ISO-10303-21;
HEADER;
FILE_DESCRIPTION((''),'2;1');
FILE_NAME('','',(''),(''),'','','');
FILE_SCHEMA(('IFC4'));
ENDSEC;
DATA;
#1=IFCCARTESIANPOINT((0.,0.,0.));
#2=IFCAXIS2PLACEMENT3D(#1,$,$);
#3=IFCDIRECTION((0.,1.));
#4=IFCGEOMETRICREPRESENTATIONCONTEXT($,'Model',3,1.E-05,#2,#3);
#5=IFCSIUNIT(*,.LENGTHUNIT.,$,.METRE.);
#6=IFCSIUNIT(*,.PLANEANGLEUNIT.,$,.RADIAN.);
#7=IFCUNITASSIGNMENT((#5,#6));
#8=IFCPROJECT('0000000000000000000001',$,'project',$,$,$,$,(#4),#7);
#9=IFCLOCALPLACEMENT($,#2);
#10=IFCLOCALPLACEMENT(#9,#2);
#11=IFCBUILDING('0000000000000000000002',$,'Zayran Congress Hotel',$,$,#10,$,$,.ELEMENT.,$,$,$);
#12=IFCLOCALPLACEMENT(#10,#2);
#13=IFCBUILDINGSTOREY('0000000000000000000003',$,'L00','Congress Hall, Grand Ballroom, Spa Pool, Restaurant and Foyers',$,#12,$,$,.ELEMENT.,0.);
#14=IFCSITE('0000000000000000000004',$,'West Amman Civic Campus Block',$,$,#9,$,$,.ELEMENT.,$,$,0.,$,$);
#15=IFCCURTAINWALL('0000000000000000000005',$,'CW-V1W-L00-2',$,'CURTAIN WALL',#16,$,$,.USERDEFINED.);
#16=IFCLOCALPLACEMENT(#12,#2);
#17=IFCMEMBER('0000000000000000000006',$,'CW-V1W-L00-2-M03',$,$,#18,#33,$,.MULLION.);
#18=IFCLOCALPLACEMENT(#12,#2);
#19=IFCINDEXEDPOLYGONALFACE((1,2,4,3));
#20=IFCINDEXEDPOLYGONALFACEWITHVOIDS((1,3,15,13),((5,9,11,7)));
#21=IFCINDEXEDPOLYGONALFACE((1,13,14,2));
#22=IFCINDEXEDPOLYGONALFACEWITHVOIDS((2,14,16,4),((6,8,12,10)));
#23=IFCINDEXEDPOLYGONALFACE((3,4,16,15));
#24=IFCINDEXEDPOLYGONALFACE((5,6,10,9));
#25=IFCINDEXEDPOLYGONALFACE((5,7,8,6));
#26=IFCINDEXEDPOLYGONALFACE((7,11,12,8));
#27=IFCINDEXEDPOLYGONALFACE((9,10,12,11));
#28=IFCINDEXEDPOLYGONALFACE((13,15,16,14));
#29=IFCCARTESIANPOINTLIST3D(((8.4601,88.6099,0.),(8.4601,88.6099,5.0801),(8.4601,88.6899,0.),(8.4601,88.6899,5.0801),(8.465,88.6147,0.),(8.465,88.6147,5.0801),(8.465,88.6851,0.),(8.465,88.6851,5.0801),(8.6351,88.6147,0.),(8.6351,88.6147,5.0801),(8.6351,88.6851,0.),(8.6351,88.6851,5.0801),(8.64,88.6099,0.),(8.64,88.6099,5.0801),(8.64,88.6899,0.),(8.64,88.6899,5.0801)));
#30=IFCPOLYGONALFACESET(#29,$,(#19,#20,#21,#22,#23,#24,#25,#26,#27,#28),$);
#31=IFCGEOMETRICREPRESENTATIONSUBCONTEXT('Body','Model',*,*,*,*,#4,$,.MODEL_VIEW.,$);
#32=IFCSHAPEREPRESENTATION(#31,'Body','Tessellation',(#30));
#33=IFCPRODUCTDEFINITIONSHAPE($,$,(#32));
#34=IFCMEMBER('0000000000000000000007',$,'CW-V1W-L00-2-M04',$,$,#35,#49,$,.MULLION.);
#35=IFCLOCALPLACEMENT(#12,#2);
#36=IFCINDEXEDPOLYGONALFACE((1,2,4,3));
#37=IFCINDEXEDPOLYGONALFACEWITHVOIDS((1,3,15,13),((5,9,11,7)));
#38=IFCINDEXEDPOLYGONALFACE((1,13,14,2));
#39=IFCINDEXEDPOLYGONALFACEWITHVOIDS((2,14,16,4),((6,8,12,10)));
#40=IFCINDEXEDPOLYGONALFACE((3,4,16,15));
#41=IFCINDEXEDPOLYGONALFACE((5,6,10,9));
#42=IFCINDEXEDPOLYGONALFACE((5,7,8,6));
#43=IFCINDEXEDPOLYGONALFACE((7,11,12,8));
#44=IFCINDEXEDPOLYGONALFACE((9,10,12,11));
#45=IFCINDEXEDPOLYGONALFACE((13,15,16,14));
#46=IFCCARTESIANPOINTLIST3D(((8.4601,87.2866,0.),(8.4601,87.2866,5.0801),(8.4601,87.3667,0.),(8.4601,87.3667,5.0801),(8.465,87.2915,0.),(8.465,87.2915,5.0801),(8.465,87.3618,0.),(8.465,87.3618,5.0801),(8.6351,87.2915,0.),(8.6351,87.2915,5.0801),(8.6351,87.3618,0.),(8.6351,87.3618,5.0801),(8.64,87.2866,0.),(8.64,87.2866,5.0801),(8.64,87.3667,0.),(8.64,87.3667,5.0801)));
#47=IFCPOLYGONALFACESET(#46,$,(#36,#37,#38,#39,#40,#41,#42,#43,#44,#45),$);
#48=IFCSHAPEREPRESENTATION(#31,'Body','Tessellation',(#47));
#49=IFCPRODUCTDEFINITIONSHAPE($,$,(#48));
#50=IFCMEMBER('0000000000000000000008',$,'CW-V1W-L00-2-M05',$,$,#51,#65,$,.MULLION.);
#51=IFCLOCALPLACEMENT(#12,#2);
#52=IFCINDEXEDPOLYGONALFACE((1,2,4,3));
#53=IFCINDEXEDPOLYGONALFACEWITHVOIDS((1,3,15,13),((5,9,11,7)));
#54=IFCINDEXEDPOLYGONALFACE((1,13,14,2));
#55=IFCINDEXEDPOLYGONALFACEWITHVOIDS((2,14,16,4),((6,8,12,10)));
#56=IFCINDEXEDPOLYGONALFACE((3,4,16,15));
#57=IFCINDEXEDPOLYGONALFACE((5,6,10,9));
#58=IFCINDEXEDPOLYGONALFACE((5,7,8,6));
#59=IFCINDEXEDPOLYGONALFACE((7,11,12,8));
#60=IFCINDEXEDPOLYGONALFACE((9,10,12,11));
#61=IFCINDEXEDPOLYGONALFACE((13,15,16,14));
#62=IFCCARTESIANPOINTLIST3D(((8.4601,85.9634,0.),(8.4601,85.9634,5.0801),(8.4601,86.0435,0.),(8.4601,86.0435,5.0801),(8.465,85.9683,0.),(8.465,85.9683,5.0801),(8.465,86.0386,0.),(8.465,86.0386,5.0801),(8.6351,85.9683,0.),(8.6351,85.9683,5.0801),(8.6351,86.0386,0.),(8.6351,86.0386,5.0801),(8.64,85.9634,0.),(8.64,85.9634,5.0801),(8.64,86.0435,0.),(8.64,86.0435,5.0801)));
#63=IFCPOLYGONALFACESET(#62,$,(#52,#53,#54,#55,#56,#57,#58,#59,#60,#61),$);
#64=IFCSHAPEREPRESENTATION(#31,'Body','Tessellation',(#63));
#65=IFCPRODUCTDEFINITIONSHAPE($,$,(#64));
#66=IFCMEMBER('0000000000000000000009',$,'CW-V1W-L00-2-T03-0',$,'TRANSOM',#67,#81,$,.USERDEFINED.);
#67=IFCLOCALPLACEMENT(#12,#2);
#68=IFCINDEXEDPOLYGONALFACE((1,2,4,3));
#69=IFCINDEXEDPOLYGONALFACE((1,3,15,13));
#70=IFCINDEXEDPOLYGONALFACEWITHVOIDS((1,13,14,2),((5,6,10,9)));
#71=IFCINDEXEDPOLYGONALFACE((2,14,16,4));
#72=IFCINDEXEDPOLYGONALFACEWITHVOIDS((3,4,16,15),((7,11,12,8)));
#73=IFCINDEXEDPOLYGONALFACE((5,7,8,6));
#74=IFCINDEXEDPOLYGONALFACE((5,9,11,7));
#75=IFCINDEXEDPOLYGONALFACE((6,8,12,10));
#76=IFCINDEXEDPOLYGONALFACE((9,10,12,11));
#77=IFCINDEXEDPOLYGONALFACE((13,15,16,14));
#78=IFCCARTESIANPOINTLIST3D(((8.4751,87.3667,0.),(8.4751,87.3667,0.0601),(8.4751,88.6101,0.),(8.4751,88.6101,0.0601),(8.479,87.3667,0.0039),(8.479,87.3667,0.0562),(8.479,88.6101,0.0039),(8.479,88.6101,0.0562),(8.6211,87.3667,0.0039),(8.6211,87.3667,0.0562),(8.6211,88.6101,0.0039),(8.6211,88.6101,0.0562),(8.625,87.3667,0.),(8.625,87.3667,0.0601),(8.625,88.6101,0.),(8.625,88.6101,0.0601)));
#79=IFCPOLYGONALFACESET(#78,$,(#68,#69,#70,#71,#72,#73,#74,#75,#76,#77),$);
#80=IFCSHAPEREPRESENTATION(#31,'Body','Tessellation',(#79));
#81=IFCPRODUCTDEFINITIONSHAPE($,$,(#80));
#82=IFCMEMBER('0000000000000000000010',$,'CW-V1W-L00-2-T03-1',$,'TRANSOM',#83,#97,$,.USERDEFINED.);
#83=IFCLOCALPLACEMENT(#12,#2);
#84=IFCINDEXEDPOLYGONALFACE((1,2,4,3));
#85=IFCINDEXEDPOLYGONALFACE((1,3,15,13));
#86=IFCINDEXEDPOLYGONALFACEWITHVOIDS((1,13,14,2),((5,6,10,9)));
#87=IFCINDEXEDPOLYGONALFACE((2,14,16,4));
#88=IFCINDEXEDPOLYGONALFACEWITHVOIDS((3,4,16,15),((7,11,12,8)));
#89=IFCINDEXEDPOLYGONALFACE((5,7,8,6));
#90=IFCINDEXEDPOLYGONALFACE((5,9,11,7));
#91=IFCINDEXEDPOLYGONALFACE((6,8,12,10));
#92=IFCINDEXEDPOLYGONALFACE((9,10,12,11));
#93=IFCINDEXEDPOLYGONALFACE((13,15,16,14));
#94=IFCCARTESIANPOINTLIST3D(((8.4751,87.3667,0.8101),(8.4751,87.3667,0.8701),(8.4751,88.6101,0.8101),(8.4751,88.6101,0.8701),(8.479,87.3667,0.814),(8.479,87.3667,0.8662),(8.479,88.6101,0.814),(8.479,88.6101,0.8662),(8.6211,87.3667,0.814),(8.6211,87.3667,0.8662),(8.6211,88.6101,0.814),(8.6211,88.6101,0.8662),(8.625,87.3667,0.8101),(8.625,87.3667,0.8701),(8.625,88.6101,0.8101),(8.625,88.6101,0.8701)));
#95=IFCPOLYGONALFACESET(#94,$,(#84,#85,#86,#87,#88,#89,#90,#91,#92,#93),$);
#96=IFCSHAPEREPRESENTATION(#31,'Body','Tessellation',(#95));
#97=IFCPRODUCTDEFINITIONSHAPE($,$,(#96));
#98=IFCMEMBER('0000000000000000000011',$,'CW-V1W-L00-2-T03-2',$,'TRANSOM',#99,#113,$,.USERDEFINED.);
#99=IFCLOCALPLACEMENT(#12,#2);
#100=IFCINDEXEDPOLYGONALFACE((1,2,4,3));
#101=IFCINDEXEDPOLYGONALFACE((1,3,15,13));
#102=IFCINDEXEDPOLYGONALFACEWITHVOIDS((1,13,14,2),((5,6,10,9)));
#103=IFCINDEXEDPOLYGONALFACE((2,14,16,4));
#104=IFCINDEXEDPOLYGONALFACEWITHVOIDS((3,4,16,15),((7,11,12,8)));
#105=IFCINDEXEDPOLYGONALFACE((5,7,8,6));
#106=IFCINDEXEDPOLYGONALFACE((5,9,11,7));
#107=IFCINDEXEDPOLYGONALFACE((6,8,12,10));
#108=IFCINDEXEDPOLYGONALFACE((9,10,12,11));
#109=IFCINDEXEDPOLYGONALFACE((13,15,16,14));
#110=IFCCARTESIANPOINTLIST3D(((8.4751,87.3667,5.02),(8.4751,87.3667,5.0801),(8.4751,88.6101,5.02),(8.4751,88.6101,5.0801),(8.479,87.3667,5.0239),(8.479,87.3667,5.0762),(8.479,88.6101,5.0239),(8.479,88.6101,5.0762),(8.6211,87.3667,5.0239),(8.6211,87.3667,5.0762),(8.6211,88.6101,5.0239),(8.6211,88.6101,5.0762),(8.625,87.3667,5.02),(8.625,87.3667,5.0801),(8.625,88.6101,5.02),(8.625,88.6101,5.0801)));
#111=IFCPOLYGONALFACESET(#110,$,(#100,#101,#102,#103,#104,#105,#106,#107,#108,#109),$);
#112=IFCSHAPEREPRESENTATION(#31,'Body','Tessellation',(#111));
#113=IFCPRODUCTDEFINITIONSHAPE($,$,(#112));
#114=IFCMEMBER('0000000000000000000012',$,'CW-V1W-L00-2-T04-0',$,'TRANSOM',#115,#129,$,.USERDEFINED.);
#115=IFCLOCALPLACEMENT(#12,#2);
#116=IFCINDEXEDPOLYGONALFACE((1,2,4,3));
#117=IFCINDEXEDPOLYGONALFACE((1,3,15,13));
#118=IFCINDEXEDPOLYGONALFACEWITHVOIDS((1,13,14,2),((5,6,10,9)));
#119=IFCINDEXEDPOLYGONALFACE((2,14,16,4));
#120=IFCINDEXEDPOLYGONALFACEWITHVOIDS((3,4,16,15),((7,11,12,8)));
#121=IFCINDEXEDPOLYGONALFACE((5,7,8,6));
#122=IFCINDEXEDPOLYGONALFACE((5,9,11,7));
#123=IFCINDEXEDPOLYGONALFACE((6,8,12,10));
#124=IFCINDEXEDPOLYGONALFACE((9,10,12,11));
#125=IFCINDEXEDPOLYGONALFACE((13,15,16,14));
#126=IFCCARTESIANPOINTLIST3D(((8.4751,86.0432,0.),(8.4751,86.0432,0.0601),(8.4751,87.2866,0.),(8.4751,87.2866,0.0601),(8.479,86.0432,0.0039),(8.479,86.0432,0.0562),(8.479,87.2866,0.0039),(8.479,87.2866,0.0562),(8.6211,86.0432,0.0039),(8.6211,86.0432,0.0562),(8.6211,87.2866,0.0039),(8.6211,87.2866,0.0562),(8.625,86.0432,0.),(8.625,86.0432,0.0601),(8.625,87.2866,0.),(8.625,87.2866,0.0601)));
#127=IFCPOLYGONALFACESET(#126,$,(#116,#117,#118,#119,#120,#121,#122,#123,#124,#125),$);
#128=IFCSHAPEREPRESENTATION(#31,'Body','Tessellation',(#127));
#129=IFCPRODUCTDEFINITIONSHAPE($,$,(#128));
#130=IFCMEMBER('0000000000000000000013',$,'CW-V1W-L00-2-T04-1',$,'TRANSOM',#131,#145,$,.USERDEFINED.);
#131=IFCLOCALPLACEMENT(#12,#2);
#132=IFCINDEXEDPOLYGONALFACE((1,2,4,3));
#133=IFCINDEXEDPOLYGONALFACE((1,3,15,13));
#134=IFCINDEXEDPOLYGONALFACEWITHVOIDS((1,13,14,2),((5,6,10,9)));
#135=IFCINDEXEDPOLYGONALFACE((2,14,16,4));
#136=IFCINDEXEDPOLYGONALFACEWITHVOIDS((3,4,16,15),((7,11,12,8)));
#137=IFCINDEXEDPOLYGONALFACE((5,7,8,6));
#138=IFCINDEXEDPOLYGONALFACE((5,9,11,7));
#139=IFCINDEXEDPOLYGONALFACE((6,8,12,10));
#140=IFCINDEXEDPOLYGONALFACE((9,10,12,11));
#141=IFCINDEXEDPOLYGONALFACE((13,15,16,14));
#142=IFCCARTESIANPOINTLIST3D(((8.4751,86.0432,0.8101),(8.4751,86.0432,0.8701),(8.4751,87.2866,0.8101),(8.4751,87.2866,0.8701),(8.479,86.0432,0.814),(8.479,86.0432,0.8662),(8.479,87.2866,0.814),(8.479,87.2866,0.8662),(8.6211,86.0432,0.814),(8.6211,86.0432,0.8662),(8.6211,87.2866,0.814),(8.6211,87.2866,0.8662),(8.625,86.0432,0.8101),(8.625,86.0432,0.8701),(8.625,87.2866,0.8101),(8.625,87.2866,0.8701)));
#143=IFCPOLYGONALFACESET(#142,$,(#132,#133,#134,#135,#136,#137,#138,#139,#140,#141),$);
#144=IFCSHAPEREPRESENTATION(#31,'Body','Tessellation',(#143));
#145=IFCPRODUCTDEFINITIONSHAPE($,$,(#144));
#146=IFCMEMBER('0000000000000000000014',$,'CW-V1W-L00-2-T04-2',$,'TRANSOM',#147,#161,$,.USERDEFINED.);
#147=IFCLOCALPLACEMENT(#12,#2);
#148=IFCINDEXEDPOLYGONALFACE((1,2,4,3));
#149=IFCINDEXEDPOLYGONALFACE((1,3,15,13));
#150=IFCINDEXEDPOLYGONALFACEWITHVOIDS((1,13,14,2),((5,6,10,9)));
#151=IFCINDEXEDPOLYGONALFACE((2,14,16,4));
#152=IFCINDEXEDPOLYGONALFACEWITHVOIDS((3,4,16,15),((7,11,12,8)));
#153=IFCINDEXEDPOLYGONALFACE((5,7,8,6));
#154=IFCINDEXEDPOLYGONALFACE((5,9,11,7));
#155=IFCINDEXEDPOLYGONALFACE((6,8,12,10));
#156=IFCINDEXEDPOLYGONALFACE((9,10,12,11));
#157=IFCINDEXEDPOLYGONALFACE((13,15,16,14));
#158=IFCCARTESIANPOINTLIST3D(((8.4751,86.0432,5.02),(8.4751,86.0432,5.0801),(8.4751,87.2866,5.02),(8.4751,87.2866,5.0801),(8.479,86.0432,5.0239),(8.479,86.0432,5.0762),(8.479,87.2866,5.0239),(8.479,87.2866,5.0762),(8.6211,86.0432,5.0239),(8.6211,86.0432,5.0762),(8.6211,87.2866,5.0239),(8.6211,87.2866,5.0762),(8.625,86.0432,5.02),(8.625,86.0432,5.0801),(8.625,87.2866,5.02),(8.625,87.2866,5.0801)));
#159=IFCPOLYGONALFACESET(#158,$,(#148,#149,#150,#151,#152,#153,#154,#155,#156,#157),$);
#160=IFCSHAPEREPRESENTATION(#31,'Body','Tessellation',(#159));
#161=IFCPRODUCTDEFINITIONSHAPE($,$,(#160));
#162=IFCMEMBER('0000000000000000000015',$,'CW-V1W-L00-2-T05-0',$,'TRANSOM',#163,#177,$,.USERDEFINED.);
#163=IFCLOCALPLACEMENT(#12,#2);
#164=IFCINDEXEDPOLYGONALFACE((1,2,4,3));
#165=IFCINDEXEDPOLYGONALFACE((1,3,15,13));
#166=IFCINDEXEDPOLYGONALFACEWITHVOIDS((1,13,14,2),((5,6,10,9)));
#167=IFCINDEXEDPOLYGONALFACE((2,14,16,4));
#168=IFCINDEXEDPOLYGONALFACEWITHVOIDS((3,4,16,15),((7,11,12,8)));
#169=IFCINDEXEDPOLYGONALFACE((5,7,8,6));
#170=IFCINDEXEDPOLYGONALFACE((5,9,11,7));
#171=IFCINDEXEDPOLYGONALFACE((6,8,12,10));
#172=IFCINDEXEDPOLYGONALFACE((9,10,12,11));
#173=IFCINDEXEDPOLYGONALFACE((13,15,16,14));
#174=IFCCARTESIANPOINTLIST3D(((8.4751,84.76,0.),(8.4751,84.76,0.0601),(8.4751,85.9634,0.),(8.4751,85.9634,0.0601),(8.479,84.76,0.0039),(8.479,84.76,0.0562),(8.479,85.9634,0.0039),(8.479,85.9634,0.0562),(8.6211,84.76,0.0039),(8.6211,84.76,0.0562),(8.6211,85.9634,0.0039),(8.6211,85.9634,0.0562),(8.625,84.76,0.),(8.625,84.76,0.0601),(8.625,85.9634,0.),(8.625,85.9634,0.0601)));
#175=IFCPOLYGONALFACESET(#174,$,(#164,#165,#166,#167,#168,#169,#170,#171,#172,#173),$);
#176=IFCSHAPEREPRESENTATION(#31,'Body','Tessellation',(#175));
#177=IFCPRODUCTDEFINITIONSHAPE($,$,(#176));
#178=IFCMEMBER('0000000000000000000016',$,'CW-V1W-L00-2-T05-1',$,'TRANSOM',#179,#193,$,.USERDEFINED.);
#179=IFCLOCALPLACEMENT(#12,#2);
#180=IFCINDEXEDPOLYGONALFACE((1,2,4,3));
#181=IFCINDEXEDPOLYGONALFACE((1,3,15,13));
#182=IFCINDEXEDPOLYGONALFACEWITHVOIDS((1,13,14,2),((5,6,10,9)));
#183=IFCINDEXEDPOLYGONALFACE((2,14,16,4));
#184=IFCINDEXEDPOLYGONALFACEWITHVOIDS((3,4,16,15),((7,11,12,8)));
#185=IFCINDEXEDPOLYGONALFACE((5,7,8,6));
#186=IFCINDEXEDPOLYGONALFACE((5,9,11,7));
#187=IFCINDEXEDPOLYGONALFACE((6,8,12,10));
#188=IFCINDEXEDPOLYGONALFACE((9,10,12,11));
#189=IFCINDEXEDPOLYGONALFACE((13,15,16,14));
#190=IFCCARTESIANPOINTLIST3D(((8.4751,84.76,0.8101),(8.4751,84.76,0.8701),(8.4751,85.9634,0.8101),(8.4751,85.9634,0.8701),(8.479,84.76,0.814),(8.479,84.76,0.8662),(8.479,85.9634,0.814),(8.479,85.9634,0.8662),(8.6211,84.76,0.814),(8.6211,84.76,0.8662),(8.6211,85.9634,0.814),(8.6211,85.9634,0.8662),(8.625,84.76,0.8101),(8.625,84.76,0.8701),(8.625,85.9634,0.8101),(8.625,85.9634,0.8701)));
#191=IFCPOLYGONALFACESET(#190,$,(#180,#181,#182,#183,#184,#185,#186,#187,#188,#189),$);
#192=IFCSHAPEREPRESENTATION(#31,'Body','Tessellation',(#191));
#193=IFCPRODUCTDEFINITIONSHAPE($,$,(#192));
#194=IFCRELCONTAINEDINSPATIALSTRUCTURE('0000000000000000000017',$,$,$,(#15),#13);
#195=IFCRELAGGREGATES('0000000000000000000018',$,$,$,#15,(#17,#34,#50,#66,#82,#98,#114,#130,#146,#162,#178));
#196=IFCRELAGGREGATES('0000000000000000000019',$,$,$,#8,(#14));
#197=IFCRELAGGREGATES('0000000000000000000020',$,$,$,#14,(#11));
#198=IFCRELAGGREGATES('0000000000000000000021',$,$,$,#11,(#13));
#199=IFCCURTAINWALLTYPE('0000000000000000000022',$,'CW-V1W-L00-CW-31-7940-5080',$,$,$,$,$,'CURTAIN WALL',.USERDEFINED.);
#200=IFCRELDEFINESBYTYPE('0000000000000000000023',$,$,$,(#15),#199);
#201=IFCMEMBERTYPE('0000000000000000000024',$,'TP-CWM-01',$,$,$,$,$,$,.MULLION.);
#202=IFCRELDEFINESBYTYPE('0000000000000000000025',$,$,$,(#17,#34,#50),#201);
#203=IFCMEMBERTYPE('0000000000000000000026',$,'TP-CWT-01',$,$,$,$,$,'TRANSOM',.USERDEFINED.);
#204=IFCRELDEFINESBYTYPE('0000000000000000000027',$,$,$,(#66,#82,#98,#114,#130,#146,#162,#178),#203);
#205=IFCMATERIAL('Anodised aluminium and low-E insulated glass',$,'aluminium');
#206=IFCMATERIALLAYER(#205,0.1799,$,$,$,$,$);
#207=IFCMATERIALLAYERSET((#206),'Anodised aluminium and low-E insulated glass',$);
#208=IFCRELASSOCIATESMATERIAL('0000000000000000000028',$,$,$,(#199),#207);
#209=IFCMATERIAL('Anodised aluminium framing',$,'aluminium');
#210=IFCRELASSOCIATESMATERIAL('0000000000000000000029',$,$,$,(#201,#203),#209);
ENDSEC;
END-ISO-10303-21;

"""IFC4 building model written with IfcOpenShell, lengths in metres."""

from ifc_helpers import new_model, si_unit, direction, frame, origin, origin_2d, place, context, subcontext, project, spatial, hollow_rectangle, extrude, material, layer, layer_set, material_profile, profile_set, type_object, element, aggregate, save


model = new_model("IFC4")

# Units and contexts
model_context = context("Model", 3, precision=1e-05, world=origin(), true_north=direction((0.0, 1.0)))
body_context = subcontext(model_context, "Body", "Model", "MODEL_VIEW")
ifc_project = project(units=[si_unit("LENGTHUNIT", "METRE"), si_unit("PLANEANGLEUNIT", "RADIAN")], contexts=[model_context])

# Site, building, storey
site_placement = place(None, origin())
site = spatial("IfcSite", under=ifc_project, at=site_placement, Name="West Amman Civic Campus Block", CompositionType="ELEMENT", RefElevation=0.0)
building_placement = place(site_placement, origin())
building = spatial("IfcBuilding", under=site, at=building_placement, Name="Zayran Congress Hotel", CompositionType="ELEMENT")
storey_placement = place(building_placement, origin())
storey = spatial("IfcBuildingStorey", under=building, at=storey_placement, Name="L00", Description="Congress Hall, Grand Ballroom, Spa Pool, Restaurant and Foyers", CompositionType="ELEMENT", Elevation=0.0)

# Curtain wall, members
ifc_material_1 = material(Name="Anodised aluminium and low-E insulated glass", Category="aluminium")
ifc_layer_1 = layer(ifc_material_1, 0.1799)
ifc_layer_set_1 = layer_set([ifc_layer_1], Name="Anodised aluminium and low-E insulated glass")
curtain_wall_type = type_object("IfcCurtainWallType", Name="CW-V1W-L00-CW-31-7940-5080", ElementType="CURTAIN WALL", PredefinedType="USERDEFINED", material=ifc_layer_set_1)
curtain_wall_placement = place(storey_placement, origin())
curtain_wall = element("IfcCurtainWall", 1, at=curtain_wall_placement, inside=storey, type_object=curtain_wall_type, Name="CW-V1W-L00-2", ObjectType="CURTAIN WALL", PredefinedType="USERDEFINED")
ifc_material_2 = material(Name="Anodised aluminium framing", Category="aluminium")
ifc_material_profile_1 = material_profile(ifc_material_2, hollow_rectangle(XDim=0.0801, YDim=0.1799, WallThickness=0.0049, at=origin_2d()), Name="RHS 180x80x5")
ifc_profile_set_1 = profile_set([ifc_material_profile_1], Name="Anodised aluminium framing")
member_type_1 = type_object("IfcMemberType", Name="TP-CWM-01", PredefinedType="MULLION", material=ifc_profile_set_1)
member_1_placement = place(storey_placement, frame((8.55, 88.6499, 0.0), z_axis=(0.0, 0.0, 1.0), x_axis=(0.0, 1.0, 0.0)))
member_1 = element("IfcMember", 2, at=member_1_placement, type_object=member_type_1, Name="CW-V1W-L00-2-M03", PredefinedType="MULLION", context=body_context, shape_type="SweptSolid", body=[
    extrude(hollow_rectangle(XDim=0.0801, YDim=0.1799, WallThickness=0.0049, at=origin_2d()), origin(), (0.0, 0.0, 1.0), 5.0801),
])
member_2_placement = place(storey_placement, frame((8.55, 87.3267, 0.0), z_axis=(0.0, 0.0, 1.0), x_axis=(0.0, 1.0, 0.0)))
member_2 = element("IfcMember", 3, at=member_2_placement, type_object=member_type_1, Name="CW-V1W-L00-2-M04", PredefinedType="MULLION", context=body_context, shape_type="SweptSolid", body=[
    extrude(hollow_rectangle(XDim=0.0801, YDim=0.1799, WallThickness=0.0049, at=origin_2d()), origin(), (0.0, 0.0, 1.0), 5.0801),
])
member_3_placement = place(storey_placement, frame((8.55, 86.0034, 0.0), z_axis=(0.0, 0.0, 1.0), x_axis=(0.0, 1.0, 0.0)))
member_3 = element("IfcMember", 4, at=member_3_placement, type_object=member_type_1, Name="CW-V1W-L00-2-M05", PredefinedType="MULLION", context=body_context, shape_type="SweptSolid", body=[
    extrude(hollow_rectangle(XDim=0.0801, YDim=0.1799, WallThickness=0.0049, at=origin_2d()), origin(), (0.0, 0.0, 1.0), 5.0801),
])
ifc_material_profile_2 = material_profile(ifc_material_2, hollow_rectangle(XDim=0.0601, YDim=0.1499, WallThickness=0.0039, at=origin_2d()), Name="RHS 150x60x4")
ifc_profile_set_2 = profile_set([ifc_material_profile_2], Name="Anodised aluminium framing")
member_type_2 = type_object("IfcMemberType", Name="TP-CWT-01", ElementType="TRANSOM", PredefinedType="USERDEFINED", material=ifc_profile_set_2)
member_4_placement = place(storey_placement, frame((8.55, 88.6101, 0.03), z_axis=(0.0, -1.0, 0.0), x_axis=(0.0, 0.0, 1.0)))
member_4 = element("IfcMember", 5, at=member_4_placement, type_object=member_type_2, Name="CW-V1W-L00-2-T03-0", ObjectType="TRANSOM", PredefinedType="USERDEFINED", context=body_context, shape_type="SweptSolid", body=[
    extrude(hollow_rectangle(XDim=0.0601, YDim=0.1499, WallThickness=0.0039, at=origin_2d()), origin(), (0.0, 0.0, 1.0), 1.2434),
])
member_5_placement = place(storey_placement, frame((8.55, 88.6101, 0.8401), z_axis=(0.0, -1.0, 0.0), x_axis=(0.0, 0.0, 1.0)))
member_5 = element("IfcMember", 6, at=member_5_placement, type_object=member_type_2, Name="CW-V1W-L00-2-T03-1", ObjectType="TRANSOM", PredefinedType="USERDEFINED", context=body_context, shape_type="SweptSolid", body=[
    extrude(hollow_rectangle(XDim=0.0601, YDim=0.1499, WallThickness=0.0039, at=origin_2d()), origin(), (0.0, 0.0, 1.0), 1.2434),
])
member_6_placement = place(storey_placement, frame((8.55, 88.6101, 5.05), z_axis=(0.0, -1.0, 0.0), x_axis=(0.0, 0.0, 1.0)))
member_6 = element("IfcMember", 7, at=member_6_placement, type_object=member_type_2, Name="CW-V1W-L00-2-T03-2", ObjectType="TRANSOM", PredefinedType="USERDEFINED", context=body_context, shape_type="SweptSolid", body=[
    extrude(hollow_rectangle(XDim=0.0601, YDim=0.1499, WallThickness=0.0039, at=origin_2d()), origin(), (0.0, 0.0, 1.0), 1.2434),
])
member_7_placement = place(storey_placement, frame((8.55, 87.2866, 0.03), z_axis=(0.0, -1.0, 0.0), x_axis=(0.0, 0.0, 1.0)))
member_7 = element("IfcMember", 8, at=member_7_placement, type_object=member_type_2, Name="CW-V1W-L00-2-T04-0", ObjectType="TRANSOM", PredefinedType="USERDEFINED", context=body_context, shape_type="SweptSolid", body=[
    extrude(hollow_rectangle(XDim=0.0601, YDim=0.1499, WallThickness=0.0039, at=origin_2d()), origin(), (0.0, 0.0, 1.0), 1.2434),
])
member_8_placement = place(storey_placement, frame((8.55, 87.2866, 0.8401), z_axis=(0.0, -1.0, 0.0), x_axis=(0.0, 0.0, 1.0)))
member_8 = element("IfcMember", 9, at=member_8_placement, type_object=member_type_2, Name="CW-V1W-L00-2-T04-1", ObjectType="TRANSOM", PredefinedType="USERDEFINED", context=body_context, shape_type="SweptSolid", body=[
    extrude(hollow_rectangle(XDim=0.0601, YDim=0.1499, WallThickness=0.0039, at=origin_2d()), origin(), (0.0, 0.0, 1.0), 1.2434),
])
member_9_placement = place(storey_placement, frame((8.55, 87.2866, 5.05), z_axis=(0.0, -1.0, 0.0), x_axis=(0.0, 0.0, 1.0)))
member_9 = element("IfcMember", 10, at=member_9_placement, type_object=member_type_2, Name="CW-V1W-L00-2-T04-2", ObjectType="TRANSOM", PredefinedType="USERDEFINED", context=body_context, shape_type="SweptSolid", body=[
    extrude(hollow_rectangle(XDim=0.0601, YDim=0.1499, WallThickness=0.0039, at=origin_2d()), origin(), (0.0, 0.0, 1.0), 1.2434),
])
member_10_placement = place(storey_placement, frame((8.55, 85.9634, 0.03), z_axis=(0.0, -1.0, 0.0), x_axis=(0.0, 0.0, 1.0)))
member_10 = element("IfcMember", 11, at=member_10_placement, type_object=member_type_2, Name="CW-V1W-L00-2-T05-0", ObjectType="TRANSOM", PredefinedType="USERDEFINED", context=body_context, shape_type="SweptSolid", body=[
    extrude(hollow_rectangle(XDim=0.0601, YDim=0.1499, WallThickness=0.0039, at=origin_2d()), origin(), (0.0, 0.0, 1.0), 1.2034),
])
member_11_placement = place(storey_placement, frame((8.55, 85.9634, 0.8401), z_axis=(0.0, -1.0, 0.0), x_axis=(0.0, 0.0, 1.0)))
member_11 = element("IfcMember", 12, at=member_11_placement, type_object=member_type_2, Name="CW-V1W-L00-2-T05-1", ObjectType="TRANSOM", PredefinedType="USERDEFINED", context=body_context, shape_type="SweptSolid", body=[
    extrude(hollow_rectangle(XDim=0.0601, YDim=0.1499, WallThickness=0.0039, at=origin_2d()), origin(), (0.0, 0.0, 1.0), 1.2034),
])
aggregate(curtain_wall, [member_1, member_2, member_3, member_4, member_5, member_6, member_7, member_8, member_9, member_10, member_11])

save(model, "model.ifc")
